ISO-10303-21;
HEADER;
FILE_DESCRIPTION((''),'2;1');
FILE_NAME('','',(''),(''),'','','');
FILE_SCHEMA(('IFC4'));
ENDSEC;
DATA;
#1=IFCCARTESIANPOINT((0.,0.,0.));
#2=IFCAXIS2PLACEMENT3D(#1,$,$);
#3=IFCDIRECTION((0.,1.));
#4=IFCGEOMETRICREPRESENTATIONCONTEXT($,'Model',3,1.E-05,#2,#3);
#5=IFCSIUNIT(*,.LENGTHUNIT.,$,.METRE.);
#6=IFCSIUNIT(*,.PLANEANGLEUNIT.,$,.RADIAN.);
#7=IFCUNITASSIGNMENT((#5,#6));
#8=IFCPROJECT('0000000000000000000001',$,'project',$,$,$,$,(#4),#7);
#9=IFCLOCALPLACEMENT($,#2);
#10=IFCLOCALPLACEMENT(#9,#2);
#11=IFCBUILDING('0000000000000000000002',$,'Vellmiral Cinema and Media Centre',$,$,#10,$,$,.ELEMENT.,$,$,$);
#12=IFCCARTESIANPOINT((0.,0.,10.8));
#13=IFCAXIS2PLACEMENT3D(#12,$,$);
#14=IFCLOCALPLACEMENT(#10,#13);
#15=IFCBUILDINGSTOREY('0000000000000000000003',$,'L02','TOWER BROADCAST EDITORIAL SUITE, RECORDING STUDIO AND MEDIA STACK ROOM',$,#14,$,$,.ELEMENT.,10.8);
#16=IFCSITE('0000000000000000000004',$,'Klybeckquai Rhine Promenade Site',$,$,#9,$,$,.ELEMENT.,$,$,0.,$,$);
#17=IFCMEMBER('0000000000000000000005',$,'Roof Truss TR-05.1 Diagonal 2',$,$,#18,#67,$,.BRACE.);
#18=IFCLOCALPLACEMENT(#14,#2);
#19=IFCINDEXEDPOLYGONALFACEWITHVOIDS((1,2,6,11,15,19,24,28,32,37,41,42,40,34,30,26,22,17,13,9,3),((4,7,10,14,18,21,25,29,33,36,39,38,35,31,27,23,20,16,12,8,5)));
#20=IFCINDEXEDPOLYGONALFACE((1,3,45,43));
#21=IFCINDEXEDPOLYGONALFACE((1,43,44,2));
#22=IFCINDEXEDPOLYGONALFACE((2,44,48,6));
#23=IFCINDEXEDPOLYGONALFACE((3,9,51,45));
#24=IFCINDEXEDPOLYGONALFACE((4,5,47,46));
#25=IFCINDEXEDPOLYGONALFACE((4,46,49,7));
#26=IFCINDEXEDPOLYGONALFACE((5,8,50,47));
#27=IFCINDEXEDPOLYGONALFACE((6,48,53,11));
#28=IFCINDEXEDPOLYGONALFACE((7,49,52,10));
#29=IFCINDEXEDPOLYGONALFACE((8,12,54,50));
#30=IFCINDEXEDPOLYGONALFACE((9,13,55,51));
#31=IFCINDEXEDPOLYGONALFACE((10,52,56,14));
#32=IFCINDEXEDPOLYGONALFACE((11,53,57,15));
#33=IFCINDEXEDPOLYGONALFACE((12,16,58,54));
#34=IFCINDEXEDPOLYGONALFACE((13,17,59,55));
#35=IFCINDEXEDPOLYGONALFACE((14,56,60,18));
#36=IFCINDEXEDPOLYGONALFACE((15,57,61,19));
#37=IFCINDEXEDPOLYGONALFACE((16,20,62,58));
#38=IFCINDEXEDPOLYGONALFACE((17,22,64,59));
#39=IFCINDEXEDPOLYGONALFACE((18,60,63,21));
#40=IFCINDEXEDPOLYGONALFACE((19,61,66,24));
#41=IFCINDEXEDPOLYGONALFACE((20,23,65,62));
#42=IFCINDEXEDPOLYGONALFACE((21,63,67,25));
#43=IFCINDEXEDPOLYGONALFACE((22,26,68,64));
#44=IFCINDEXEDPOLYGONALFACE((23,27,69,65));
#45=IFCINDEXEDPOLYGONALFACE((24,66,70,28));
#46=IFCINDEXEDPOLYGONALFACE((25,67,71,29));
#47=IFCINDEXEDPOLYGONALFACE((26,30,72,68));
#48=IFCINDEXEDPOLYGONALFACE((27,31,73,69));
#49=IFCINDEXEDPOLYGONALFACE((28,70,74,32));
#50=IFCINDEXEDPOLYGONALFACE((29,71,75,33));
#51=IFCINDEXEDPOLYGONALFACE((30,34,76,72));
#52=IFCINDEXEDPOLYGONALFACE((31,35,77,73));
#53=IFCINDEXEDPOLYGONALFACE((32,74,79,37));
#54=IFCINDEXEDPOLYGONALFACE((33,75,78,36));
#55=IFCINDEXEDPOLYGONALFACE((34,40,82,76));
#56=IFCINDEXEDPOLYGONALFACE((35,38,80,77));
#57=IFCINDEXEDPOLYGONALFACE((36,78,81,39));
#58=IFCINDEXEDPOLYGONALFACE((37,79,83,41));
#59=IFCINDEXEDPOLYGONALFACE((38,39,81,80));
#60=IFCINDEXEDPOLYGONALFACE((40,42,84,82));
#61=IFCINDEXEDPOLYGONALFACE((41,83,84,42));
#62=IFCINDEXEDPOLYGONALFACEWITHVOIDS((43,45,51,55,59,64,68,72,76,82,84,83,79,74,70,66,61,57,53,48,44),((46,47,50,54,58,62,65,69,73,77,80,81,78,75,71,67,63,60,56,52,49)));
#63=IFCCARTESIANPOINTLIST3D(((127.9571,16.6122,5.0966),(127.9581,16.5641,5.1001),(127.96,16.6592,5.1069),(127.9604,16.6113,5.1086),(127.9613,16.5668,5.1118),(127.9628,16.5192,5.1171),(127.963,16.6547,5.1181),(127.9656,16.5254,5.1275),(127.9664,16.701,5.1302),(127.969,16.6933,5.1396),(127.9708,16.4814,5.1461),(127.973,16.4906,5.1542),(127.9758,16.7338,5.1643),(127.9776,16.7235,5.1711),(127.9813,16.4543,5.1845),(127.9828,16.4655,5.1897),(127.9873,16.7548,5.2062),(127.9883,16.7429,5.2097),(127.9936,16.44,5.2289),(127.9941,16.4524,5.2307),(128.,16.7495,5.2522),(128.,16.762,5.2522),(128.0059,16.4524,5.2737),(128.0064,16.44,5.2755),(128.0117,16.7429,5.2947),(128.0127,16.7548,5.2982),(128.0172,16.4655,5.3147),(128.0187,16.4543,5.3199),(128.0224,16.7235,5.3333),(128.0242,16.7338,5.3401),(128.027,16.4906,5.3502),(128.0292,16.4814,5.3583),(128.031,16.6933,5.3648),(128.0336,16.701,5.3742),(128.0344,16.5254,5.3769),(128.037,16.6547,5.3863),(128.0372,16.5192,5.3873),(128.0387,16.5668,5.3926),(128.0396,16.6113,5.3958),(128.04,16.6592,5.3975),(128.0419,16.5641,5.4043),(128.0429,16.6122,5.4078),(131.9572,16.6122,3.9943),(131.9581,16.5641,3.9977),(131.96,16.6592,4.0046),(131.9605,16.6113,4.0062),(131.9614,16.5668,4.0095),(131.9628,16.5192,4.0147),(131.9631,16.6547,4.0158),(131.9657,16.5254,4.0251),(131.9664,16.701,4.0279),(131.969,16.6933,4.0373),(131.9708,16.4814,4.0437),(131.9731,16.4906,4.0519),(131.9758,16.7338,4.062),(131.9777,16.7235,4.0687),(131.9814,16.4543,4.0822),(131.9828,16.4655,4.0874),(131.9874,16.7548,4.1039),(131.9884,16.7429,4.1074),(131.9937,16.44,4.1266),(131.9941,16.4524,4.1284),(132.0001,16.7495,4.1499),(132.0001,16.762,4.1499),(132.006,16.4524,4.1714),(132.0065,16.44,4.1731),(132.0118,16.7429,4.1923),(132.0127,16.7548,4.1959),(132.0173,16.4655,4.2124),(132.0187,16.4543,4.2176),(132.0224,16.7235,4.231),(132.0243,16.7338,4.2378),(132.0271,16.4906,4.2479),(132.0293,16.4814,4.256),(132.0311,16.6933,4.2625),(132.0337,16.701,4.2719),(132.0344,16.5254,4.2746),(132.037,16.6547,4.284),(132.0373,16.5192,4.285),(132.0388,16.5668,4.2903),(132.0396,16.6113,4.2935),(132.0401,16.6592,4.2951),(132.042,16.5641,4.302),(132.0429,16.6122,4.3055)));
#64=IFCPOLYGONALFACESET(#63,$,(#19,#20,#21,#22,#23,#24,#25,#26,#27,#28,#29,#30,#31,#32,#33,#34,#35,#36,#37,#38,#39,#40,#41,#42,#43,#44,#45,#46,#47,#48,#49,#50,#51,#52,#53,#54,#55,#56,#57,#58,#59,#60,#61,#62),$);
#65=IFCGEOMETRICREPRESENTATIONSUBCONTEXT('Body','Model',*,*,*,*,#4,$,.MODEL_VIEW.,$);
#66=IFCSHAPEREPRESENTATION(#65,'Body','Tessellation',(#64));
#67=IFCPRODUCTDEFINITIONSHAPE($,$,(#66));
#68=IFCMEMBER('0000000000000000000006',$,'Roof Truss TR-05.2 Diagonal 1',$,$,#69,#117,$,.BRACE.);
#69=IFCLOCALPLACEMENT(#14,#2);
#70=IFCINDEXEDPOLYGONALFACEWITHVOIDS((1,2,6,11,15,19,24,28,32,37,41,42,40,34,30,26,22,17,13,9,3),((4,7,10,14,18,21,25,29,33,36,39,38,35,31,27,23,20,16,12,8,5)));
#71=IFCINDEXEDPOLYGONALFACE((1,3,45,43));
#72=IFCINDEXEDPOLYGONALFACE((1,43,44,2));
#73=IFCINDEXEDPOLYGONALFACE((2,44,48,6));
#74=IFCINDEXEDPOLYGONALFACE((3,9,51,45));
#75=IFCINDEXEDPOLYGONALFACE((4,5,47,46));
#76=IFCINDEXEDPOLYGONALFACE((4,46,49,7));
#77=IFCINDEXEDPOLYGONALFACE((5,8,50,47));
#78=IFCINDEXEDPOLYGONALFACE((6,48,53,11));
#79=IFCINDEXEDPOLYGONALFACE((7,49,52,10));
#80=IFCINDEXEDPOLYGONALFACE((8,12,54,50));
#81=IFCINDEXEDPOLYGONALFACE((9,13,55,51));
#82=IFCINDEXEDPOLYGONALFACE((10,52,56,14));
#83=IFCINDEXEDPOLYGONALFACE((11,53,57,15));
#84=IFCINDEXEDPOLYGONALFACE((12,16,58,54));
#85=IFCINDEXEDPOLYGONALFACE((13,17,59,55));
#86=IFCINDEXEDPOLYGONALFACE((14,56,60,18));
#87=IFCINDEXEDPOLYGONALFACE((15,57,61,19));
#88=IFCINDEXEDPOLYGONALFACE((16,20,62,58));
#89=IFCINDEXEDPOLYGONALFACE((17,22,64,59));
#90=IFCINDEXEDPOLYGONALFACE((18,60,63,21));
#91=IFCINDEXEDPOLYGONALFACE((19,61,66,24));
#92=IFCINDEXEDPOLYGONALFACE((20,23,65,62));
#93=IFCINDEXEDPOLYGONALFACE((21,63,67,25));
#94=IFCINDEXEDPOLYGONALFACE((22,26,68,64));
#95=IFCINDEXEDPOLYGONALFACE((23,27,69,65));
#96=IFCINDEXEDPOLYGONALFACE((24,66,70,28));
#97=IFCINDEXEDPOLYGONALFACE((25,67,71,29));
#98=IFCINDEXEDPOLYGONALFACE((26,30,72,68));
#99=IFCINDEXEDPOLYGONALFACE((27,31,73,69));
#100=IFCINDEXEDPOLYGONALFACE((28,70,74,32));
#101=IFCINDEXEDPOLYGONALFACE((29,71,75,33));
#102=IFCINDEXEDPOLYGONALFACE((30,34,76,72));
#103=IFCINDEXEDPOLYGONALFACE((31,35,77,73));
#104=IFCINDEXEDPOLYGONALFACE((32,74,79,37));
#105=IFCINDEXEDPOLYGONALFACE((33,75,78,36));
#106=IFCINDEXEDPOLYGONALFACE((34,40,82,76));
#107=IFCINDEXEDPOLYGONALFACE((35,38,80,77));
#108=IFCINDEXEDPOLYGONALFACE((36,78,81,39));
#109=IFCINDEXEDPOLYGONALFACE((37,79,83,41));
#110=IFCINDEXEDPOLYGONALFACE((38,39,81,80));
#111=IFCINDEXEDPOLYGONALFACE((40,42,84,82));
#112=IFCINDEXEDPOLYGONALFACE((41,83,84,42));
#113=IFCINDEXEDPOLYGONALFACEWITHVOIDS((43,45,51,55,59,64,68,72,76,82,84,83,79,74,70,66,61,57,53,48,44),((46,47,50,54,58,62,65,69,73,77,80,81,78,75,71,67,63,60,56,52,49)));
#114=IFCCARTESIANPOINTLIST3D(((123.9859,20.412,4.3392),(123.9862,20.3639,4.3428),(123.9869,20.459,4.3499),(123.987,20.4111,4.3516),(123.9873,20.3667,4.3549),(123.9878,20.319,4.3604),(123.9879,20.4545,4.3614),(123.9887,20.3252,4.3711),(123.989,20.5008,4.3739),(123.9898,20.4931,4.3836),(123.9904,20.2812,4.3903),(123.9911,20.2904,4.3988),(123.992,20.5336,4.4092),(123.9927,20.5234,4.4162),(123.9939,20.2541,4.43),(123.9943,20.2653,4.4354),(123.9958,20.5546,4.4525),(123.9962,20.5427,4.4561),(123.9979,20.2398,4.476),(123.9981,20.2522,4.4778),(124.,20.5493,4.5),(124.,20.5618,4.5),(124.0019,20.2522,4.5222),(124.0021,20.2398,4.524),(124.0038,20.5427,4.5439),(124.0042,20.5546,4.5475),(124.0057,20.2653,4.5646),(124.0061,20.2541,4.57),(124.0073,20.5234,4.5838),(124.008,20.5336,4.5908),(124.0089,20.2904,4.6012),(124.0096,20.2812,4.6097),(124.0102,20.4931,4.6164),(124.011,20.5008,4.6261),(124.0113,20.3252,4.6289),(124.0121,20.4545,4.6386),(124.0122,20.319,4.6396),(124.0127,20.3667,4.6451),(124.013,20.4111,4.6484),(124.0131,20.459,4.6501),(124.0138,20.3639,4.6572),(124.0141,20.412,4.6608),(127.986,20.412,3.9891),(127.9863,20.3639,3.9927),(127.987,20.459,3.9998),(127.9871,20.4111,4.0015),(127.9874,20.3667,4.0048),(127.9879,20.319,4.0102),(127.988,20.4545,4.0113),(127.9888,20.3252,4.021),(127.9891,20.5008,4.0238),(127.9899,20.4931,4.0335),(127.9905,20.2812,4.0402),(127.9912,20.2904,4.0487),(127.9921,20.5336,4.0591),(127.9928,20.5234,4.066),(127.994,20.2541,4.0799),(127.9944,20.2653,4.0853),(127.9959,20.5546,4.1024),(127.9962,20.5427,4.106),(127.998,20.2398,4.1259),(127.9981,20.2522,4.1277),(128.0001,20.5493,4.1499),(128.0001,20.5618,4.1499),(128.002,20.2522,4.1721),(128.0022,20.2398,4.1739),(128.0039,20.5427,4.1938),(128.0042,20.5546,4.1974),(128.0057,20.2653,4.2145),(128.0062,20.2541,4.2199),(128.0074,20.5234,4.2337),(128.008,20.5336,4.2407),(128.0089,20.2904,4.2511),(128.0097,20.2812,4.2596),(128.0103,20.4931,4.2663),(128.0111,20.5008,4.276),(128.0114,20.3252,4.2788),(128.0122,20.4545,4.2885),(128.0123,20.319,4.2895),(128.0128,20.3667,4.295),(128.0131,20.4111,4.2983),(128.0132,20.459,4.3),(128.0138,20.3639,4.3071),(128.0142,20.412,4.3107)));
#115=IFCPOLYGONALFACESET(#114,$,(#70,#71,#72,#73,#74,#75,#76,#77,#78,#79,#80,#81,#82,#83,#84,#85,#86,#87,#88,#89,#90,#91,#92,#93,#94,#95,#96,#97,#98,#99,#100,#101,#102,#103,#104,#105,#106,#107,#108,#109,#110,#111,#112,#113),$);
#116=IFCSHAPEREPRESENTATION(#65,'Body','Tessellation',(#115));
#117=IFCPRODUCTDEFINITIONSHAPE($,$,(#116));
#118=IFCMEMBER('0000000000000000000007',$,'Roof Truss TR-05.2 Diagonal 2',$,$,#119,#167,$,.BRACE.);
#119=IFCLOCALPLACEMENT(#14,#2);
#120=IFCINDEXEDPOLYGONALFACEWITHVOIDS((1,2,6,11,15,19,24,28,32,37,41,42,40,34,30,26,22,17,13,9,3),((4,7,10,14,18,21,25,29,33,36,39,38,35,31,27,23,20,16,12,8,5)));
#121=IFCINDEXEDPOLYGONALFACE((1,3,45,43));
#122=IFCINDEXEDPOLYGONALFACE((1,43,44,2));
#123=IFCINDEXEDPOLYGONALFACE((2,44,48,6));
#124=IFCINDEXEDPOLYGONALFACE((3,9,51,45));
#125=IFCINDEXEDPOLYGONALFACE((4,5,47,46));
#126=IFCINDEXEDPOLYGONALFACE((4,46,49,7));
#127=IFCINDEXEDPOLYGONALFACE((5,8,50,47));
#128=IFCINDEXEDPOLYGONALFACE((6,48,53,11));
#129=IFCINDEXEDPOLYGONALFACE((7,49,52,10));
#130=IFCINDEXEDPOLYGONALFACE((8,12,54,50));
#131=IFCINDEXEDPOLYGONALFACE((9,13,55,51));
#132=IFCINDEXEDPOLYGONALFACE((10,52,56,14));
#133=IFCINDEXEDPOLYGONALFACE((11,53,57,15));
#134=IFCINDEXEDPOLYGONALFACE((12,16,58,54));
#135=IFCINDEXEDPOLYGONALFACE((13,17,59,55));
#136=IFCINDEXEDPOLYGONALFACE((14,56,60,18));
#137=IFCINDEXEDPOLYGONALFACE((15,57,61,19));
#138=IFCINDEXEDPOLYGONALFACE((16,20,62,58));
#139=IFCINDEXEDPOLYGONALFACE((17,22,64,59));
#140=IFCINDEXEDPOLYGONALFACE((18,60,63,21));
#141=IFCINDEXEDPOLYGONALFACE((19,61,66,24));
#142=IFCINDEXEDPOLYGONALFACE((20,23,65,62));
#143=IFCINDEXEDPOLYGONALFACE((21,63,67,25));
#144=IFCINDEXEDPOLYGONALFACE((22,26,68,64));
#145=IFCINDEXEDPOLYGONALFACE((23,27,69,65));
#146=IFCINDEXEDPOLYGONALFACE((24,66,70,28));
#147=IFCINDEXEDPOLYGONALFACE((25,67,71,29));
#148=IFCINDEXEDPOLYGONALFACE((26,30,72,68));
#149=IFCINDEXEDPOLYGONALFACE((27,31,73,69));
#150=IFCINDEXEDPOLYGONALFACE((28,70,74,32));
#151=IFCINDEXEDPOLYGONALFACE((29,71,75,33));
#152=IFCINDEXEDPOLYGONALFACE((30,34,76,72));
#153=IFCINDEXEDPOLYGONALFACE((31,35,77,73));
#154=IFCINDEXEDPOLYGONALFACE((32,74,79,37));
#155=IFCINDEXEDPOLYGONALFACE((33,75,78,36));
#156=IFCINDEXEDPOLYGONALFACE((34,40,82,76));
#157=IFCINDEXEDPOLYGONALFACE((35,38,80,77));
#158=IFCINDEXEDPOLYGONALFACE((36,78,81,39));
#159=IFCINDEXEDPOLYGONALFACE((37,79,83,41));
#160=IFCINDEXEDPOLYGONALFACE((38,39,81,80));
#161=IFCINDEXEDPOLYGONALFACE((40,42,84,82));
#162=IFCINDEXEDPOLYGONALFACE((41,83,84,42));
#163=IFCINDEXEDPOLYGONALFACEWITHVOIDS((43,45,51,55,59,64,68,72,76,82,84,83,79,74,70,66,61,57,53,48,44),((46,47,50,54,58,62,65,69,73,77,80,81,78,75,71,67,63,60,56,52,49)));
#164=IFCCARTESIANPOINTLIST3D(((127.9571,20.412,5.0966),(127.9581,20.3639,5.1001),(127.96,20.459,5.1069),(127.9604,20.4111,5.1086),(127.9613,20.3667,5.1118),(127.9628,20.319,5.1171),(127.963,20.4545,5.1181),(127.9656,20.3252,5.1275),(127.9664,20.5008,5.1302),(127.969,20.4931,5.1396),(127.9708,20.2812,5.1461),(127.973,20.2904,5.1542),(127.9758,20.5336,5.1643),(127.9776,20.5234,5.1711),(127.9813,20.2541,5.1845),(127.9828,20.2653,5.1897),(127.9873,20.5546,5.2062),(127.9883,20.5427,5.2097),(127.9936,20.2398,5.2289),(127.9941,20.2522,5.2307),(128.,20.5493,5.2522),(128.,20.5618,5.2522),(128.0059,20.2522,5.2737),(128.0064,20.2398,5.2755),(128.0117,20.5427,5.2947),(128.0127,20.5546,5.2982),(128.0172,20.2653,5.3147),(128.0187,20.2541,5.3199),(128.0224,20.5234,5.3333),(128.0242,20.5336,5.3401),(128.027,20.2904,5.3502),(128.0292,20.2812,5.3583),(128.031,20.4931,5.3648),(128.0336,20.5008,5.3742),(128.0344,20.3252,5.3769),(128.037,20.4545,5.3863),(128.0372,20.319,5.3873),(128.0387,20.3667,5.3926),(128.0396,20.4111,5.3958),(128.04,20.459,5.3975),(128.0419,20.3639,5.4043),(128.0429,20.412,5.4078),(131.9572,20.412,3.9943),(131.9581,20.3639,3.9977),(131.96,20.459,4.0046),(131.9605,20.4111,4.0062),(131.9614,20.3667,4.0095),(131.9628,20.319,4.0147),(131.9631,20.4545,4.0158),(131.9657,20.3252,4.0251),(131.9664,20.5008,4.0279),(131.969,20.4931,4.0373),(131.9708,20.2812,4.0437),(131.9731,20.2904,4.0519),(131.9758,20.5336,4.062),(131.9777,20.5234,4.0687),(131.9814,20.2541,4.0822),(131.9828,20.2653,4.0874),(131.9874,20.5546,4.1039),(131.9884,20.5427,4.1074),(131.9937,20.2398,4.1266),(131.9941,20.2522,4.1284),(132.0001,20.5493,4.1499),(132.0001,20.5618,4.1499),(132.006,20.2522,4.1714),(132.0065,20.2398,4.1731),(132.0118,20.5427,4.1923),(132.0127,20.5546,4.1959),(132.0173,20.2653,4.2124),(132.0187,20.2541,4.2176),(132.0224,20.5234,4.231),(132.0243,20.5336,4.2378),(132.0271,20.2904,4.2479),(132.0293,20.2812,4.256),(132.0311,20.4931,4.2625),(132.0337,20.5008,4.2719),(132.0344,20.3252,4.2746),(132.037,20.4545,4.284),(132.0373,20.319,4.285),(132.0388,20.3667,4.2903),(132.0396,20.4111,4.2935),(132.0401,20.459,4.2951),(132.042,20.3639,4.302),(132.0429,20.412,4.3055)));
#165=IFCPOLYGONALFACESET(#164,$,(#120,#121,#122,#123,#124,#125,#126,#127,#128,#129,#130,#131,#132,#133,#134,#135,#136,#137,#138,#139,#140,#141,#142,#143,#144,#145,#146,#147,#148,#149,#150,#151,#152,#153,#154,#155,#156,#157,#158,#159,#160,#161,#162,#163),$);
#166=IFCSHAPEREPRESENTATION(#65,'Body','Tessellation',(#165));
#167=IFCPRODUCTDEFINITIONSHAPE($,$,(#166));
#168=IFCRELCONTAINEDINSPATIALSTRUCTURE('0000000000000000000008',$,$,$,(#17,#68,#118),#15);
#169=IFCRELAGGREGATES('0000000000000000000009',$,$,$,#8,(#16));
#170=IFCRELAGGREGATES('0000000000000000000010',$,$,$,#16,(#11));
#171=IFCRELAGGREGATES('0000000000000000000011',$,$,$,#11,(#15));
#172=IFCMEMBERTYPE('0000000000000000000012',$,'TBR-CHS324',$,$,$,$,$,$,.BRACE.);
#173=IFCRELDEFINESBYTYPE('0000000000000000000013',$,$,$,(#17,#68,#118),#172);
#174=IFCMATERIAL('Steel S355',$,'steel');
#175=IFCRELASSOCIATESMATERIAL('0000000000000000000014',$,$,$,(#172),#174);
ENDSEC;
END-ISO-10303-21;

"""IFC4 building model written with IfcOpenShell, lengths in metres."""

from ifc_helpers import new_model, si_unit, direction, frame, origin, origin_2d, place, context, subcontext, project, spatial, hollow_circle, extrude, material, material_profile, profile_set, type_object, element, save


model = new_model("IFC4")

# Units and contexts
model_context = context("Model", 3, precision=1e-05, world=origin(), true_north=direction((0.0, 1.0)))
body_context = subcontext(model_context, "Body", "Model", "MODEL_VIEW")
ifc_project = project(units=[si_unit("LENGTHUNIT", "METRE"), si_unit("PLANEANGLEUNIT", "RADIAN")], contexts=[model_context])

# Site, building, storey
site_placement = place(None, origin())
site = spatial("IfcSite", under=ifc_project, at=site_placement, Name="Klybeckquai Rhine Promenade Site", CompositionType="ELEMENT", RefElevation=0.0)
building_placement = place(site_placement, origin())
building = spatial("IfcBuilding", under=site, at=building_placement, Name="Vellmiral Cinema and Media Centre", CompositionType="ELEMENT")
storey_placement = place(building_placement, frame((0.0, 0.0, 10.8)))
storey = spatial("IfcBuildingStorey", under=building, at=storey_placement, Name="L02", Description="TOWER BROADCAST EDITORIAL SUITE, RECORDING STUDIO AND MEDIA STACK ROOM", CompositionType="ELEMENT", Elevation=10.8)

# Members
ifc_material_1 = material(Name="Steel S355", Category="steel")
ifc_material_profile_1 = material_profile(ifc_material_1, hollow_circle(Radius=0.1619, WallThickness=0.0125, at=origin_2d()), Name="CHS 323.9x12.5")
ifc_profile_set_1 = profile_set([ifc_material_profile_1], Name="Steel S355")
member_type_1 = type_object("IfcMemberType", Name="TBR-CHS324", PredefinedType="BRACE", material=ifc_profile_set_1)
member_1_placement = place(storey_placement, frame((128.0, 16.6001, 5.2522), z_axis=(0.964064, 0.0, -0.265671), x_axis=(0.0, 1.0, 0.0)))
element("IfcMember", 1, at=member_1_placement, inside=storey, type_object=member_type_1, Name="Roof Truss TR-05.1 Diagonal 2", PredefinedType="BRACE", context=body_context, shape_type="SweptSolid", body=[
    extrude(hollow_circle(Radius=0.1619, WallThickness=0.0125, at=origin_2d()), origin(), (0.0, 0.0, 1.0), 4.1492),
])
member_2_placement = place(storey_placement, frame((124.0, 20.3999, 4.5), z_axis=(0.996192, 0.0, -0.087191), x_axis=(0.0, 1.0, 0.0)))
element("IfcMember", 2, at=member_2_placement, inside=storey, type_object=member_type_1, Name="Roof Truss TR-05.2 Diagonal 1", PredefinedType="BRACE", context=body_context, shape_type="SweptSolid", body=[
    extrude(hollow_circle(Radius=0.1619, WallThickness=0.0125, at=origin_2d()), origin(), (0.0, 0.0, 1.0), 4.0154),
])
member_3_placement = place(storey_placement, frame((128.0, 20.3999, 5.2522), z_axis=(0.964064, 0.0, -0.265671), x_axis=(0.0, 1.0, 0.0)))
element("IfcMember", 3, at=member_3_placement, inside=storey, type_object=member_type_1, Name="Roof Truss TR-05.2 Diagonal 2", PredefinedType="BRACE", context=body_context, shape_type="SweptSolid", body=[
    extrude(hollow_circle(Radius=0.1619, WallThickness=0.0125, at=origin_2d()), origin(), (0.0, 0.0, 1.0), 4.1492),
])

save(model, "model.ifc")
